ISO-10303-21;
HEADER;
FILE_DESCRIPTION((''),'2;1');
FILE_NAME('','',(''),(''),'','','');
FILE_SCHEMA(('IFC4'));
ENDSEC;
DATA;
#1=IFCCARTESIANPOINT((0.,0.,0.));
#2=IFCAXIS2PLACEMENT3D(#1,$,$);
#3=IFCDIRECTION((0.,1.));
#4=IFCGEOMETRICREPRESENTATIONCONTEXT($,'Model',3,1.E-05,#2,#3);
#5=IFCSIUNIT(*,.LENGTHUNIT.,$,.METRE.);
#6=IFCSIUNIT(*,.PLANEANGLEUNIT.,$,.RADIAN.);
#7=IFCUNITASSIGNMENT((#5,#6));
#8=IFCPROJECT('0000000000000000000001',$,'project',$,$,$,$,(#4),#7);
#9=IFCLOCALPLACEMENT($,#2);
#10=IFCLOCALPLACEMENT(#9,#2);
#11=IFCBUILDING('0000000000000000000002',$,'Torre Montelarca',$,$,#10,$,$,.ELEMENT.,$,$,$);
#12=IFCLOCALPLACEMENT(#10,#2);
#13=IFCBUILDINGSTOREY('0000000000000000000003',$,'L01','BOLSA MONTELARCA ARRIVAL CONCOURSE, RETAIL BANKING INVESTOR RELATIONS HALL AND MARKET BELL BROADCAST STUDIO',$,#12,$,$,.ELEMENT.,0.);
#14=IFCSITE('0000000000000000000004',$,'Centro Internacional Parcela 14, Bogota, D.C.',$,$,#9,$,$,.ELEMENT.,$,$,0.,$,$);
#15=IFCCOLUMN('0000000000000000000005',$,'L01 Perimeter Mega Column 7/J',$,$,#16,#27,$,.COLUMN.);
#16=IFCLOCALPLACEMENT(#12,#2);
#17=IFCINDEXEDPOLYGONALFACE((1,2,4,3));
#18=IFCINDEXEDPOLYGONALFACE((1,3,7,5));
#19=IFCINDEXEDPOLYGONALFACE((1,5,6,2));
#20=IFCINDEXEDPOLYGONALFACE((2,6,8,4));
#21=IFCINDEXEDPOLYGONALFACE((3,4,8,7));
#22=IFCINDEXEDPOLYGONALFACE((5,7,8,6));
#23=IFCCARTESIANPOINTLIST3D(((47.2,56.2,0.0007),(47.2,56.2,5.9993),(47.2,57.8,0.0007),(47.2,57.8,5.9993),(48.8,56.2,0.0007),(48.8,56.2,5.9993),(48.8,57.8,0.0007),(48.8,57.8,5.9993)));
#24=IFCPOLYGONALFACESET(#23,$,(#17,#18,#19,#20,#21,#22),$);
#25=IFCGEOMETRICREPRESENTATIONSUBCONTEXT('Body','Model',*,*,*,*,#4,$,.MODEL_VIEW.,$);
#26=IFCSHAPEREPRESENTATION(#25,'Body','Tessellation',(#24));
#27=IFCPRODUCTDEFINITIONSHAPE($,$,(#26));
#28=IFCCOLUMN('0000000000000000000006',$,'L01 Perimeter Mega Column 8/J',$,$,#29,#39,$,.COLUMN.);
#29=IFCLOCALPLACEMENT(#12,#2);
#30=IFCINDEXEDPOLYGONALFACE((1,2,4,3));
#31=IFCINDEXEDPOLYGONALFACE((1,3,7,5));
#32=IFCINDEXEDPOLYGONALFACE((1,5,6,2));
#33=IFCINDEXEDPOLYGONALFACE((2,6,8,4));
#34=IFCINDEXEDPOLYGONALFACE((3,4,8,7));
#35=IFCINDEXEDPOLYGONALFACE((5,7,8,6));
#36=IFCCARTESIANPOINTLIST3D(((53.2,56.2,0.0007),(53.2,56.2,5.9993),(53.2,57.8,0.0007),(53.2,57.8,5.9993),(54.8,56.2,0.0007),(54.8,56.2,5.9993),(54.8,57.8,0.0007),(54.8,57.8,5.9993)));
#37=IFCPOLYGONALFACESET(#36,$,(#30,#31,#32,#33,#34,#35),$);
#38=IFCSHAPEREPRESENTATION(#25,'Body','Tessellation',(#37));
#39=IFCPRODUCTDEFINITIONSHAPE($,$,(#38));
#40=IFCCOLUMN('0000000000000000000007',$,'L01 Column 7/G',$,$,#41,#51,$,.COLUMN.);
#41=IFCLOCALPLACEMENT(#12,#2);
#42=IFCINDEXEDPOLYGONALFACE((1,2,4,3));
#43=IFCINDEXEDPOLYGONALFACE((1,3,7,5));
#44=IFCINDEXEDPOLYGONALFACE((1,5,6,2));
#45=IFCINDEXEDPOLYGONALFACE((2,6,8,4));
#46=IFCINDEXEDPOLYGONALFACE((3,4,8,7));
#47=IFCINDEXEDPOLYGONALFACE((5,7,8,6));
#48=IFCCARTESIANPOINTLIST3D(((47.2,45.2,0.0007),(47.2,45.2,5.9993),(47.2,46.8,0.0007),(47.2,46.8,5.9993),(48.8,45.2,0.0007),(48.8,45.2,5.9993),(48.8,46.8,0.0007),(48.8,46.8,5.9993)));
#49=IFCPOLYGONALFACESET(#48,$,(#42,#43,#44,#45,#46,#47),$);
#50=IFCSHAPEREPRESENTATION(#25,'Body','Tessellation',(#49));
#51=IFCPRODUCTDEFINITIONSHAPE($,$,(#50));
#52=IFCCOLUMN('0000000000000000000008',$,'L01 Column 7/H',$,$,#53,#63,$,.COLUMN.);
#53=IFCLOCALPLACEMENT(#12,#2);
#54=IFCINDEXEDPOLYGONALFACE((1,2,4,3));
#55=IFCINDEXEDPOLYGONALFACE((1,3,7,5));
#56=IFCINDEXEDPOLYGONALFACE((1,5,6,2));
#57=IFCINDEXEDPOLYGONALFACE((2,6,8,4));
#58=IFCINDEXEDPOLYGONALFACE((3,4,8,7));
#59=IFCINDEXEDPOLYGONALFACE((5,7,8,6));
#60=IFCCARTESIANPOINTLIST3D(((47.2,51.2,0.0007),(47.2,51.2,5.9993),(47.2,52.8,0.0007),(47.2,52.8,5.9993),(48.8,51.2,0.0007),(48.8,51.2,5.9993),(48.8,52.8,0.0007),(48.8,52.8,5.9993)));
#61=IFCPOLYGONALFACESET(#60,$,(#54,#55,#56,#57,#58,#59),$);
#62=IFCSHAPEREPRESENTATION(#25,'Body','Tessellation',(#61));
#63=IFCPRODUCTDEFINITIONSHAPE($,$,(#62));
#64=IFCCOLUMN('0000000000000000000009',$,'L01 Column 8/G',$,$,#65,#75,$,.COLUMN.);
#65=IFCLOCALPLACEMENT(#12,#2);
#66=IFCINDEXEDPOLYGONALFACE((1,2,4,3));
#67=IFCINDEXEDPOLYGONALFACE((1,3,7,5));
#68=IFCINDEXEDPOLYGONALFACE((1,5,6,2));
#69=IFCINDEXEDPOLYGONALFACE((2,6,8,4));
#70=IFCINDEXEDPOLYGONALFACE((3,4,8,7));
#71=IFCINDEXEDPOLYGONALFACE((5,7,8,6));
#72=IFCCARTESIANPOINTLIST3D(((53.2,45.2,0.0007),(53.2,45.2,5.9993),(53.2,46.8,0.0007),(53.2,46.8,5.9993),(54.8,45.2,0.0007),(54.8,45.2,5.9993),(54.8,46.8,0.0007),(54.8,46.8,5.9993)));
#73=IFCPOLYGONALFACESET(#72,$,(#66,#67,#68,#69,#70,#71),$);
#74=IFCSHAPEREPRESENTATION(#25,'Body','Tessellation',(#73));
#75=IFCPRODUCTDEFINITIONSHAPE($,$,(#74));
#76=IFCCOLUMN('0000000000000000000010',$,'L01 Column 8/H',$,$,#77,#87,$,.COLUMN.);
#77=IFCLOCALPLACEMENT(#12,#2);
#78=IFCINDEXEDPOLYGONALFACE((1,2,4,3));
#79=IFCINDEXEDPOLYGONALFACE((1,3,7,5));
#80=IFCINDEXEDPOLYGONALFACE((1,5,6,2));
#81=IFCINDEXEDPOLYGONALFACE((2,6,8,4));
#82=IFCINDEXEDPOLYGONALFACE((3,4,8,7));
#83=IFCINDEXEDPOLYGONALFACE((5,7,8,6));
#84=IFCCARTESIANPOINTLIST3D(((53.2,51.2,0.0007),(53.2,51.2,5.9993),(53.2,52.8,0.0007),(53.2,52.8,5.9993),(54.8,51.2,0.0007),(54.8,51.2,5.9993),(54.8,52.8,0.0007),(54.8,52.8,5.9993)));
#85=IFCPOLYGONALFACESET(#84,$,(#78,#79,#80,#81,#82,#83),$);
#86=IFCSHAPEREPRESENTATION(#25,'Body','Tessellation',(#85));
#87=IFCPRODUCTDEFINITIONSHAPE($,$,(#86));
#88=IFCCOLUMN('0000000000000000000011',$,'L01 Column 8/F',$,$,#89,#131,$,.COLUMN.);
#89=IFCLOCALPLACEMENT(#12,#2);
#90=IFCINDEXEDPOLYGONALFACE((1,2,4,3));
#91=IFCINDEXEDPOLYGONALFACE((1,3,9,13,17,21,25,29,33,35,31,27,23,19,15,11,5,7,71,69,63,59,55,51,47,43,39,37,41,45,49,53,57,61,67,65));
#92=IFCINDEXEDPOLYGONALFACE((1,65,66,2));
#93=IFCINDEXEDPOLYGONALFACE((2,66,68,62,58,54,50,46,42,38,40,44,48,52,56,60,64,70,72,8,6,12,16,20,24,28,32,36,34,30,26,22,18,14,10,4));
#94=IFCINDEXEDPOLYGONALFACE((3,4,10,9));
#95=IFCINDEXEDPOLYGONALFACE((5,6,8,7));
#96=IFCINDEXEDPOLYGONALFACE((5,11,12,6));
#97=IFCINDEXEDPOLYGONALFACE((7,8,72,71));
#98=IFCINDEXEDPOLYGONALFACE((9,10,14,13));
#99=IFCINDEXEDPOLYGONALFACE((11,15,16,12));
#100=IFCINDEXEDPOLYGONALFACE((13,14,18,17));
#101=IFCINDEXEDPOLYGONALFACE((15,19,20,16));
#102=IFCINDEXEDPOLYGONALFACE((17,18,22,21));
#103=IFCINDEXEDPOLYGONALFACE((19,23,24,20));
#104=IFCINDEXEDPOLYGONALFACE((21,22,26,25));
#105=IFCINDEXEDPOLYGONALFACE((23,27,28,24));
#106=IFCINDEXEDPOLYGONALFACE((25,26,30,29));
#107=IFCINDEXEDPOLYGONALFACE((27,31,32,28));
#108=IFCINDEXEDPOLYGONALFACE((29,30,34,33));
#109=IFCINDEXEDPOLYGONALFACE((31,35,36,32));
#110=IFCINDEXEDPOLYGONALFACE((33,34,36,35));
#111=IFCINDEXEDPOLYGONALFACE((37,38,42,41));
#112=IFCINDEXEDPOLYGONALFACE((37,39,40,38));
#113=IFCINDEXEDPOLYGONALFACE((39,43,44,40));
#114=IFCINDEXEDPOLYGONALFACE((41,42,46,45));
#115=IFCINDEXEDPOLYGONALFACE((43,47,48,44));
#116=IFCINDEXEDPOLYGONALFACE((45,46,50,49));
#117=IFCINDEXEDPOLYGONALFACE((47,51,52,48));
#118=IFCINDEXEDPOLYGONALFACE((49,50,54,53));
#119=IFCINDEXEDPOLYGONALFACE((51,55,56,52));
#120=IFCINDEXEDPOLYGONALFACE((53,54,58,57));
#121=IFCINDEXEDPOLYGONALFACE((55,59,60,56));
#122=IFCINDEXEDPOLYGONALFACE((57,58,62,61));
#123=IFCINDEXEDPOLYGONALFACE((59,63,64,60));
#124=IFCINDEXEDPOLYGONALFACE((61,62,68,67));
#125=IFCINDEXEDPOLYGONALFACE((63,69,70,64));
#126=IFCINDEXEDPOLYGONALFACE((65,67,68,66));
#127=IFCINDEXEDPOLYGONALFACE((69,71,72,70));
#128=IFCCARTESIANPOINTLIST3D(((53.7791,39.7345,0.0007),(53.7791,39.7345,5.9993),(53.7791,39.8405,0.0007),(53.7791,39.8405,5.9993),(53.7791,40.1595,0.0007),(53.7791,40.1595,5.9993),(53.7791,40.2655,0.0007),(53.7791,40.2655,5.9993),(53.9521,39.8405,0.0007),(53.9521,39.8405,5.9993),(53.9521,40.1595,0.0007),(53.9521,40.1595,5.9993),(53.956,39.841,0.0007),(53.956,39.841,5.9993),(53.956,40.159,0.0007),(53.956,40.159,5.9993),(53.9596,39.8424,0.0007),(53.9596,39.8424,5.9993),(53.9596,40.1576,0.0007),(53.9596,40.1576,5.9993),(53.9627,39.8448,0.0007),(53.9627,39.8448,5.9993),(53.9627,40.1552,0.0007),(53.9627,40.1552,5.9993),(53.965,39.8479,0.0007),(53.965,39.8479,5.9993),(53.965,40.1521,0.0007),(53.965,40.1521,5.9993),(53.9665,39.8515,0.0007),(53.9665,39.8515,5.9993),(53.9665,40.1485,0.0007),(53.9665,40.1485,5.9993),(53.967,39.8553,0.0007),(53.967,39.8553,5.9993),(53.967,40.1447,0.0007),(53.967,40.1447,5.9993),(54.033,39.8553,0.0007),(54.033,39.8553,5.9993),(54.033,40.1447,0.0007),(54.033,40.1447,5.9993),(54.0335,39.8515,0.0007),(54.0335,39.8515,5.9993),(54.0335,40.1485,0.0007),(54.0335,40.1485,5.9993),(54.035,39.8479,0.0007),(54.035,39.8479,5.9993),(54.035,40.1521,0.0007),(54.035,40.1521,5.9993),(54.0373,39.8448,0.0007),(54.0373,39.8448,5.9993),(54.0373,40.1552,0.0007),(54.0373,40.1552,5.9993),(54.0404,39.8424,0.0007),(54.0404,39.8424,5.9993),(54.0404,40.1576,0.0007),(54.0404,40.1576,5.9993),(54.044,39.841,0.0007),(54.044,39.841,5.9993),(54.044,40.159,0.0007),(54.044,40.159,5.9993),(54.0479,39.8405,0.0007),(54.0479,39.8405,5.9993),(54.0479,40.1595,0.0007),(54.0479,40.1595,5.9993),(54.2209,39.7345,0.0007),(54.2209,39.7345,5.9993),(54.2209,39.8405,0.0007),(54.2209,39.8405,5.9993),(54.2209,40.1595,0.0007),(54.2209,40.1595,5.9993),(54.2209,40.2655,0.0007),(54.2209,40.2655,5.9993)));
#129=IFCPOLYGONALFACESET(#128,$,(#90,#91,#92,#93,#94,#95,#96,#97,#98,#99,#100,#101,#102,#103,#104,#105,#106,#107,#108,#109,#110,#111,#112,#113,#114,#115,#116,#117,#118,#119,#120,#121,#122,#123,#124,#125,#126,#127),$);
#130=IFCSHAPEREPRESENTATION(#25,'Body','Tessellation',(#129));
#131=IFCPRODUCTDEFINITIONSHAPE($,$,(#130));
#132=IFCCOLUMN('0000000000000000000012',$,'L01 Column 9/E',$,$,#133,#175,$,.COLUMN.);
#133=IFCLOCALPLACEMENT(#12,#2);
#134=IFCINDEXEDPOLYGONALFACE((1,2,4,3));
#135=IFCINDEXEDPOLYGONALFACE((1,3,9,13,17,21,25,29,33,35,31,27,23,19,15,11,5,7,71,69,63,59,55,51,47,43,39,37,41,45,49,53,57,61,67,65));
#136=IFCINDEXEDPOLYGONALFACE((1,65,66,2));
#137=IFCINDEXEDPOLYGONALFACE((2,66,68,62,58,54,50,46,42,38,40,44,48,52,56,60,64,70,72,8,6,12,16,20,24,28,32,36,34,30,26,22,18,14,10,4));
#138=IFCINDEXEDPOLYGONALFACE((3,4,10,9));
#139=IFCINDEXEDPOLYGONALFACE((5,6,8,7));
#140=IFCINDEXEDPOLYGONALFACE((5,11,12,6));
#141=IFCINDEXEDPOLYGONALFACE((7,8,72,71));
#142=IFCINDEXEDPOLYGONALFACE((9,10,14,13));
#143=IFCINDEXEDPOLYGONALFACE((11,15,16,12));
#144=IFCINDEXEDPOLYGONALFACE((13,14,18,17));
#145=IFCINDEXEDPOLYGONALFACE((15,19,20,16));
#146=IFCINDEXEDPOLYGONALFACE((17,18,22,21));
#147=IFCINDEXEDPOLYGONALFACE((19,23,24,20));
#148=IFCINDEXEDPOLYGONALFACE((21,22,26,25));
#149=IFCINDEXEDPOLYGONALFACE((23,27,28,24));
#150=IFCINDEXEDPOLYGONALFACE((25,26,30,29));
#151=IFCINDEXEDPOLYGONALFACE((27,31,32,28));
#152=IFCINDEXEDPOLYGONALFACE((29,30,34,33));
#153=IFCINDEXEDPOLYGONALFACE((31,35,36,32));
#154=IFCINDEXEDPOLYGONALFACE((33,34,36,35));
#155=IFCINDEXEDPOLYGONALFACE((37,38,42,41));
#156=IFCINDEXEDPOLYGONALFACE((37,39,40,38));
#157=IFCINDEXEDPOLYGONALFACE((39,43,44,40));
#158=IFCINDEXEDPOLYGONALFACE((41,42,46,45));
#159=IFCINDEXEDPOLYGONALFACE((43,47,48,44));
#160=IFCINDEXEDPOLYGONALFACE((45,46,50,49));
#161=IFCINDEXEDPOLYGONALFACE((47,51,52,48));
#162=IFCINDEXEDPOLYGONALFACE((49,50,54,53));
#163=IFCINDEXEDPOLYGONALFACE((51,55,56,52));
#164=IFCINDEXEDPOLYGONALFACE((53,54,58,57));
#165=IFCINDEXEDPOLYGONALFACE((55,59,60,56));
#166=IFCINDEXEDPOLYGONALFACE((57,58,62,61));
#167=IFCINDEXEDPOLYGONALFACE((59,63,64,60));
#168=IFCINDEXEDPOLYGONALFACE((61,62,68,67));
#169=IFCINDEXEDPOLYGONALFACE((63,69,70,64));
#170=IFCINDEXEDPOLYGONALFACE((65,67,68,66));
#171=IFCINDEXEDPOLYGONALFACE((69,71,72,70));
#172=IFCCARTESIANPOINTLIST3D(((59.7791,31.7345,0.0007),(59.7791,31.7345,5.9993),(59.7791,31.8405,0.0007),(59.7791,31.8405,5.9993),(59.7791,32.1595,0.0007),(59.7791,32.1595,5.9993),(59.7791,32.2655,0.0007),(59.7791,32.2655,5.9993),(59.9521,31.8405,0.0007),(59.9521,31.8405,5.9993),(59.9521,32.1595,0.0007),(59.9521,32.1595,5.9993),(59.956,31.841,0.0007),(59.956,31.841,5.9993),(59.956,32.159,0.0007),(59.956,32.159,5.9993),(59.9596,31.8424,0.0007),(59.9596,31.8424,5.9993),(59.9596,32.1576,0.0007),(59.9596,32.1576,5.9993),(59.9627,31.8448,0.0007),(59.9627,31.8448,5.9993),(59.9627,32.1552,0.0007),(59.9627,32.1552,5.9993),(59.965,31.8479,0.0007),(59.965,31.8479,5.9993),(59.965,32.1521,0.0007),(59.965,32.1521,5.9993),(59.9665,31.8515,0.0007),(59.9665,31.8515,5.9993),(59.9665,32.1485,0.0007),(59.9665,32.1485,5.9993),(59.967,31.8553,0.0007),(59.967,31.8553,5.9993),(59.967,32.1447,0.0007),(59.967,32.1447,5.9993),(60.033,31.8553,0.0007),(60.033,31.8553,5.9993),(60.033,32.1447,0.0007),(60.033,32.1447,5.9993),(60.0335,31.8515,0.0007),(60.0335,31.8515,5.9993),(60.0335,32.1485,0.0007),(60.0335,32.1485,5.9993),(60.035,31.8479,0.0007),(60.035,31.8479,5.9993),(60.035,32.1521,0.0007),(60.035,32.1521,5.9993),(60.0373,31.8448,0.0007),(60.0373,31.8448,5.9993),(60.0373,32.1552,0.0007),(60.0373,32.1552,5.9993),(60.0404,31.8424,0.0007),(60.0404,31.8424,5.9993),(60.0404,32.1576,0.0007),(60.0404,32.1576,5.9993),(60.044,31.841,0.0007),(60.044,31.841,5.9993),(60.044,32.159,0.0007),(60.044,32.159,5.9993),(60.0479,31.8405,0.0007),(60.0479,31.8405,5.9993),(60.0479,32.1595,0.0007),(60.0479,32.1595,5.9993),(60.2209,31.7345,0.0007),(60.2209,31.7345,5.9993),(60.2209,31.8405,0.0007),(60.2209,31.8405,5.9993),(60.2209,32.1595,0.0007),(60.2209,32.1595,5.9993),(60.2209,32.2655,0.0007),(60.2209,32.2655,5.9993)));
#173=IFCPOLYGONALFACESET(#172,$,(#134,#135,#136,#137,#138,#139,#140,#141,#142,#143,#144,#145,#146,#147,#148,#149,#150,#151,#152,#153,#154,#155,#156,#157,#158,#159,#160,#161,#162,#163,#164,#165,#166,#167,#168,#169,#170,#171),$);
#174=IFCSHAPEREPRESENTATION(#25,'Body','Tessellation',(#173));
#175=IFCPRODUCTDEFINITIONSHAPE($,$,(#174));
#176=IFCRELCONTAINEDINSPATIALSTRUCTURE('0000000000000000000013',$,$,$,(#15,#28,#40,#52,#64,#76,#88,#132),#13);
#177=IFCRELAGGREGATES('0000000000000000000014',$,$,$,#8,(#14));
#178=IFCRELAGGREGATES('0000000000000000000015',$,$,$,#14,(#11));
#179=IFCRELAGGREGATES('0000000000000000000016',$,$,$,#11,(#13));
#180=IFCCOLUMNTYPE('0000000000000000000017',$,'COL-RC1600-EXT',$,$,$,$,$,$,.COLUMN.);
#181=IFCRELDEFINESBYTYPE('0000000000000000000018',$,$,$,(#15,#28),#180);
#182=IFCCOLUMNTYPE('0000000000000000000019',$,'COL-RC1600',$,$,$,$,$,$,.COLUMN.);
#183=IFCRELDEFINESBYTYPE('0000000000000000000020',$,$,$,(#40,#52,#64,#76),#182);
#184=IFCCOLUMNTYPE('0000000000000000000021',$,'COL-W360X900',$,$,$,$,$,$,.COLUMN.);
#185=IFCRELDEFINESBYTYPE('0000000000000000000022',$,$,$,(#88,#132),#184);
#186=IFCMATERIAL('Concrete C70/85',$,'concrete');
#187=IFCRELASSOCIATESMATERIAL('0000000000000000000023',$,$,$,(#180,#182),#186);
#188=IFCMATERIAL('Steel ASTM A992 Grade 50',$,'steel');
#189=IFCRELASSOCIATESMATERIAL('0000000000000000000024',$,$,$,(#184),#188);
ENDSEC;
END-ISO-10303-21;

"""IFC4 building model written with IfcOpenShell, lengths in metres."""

from ifc_helpers import new_model, si_unit, direction, frame, origin, origin_2d, place, context, subcontext, project, spatial, rectangle, i_section, extrude, source, transform, mapped, material, material_profile, profile_set, type_object, element, save


model = new_model("IFC4")

# Units and contexts
model_context = context("Model", 3, precision=1e-05, world=origin(), true_north=direction((0.0, 1.0)))
body_context = subcontext(model_context, "Body", "Model", "MODEL_VIEW")
ifc_project = project(units=[si_unit("LENGTHUNIT", "METRE"), si_unit("PLANEANGLEUNIT", "RADIAN")], contexts=[model_context])

# Site, building, storey
site_placement = place(None, origin())
site = spatial("IfcSite", under=ifc_project, at=site_placement, Name="Centro Internacional Parcela 14, Bogota, D.C.", CompositionType="ELEMENT", RefElevation=0.0)
building_placement = place(site_placement, origin())
building = spatial("IfcBuilding", under=site, at=building_placement, Name="Torre Montelarca", CompositionType="ELEMENT")
storey_placement = place(building_placement, origin())
storey = spatial("IfcBuildingStorey", under=building, at=storey_placement, Name="L01", Description="BOLSA MONTELARCA ARRIVAL CONCOURSE, RETAIL BANKING INVESTOR RELATIONS HALL AND MARKET BELL BROADCAST STUDIO", CompositionType="ELEMENT", Elevation=0.0)

# Columns
ifc_material_1 = material(Name="Concrete C70/85", Category="concrete")
ifc_material_profile_1 = material_profile(ifc_material_1, rectangle(XDim=1.6001, YDim=1.6001, at=origin_2d()), Name="RC1600X1600", Category="concrete")
ifc_profile_set_1 = profile_set([ifc_material_profile_1], Name="Concrete C70/85")
column_type_1 = type_object("IfcColumnType", Name="COL-RC1600-EXT", PredefinedType="COLUMN", material=ifc_profile_set_1)
shared_shape_1 = source(origin(), body_context, "Body", "SweptSolid", [
    extrude(rectangle(XDim=1.6001, YDim=1.6001, at=origin_2d()), origin(), (0.0, 0.0, 1.0), 5.9985),
])
for number, where, z_axis, x_axis, name in (
    (1, (48.0, 57.0, 0.0007), (0.0, 0.0, 1.0), (1.0, 0.0, 0.0), "L01 Perimeter Mega Column 7/J"),
    (2, (54.0, 57.0, 0.0007), (0.0, 0.0, 1.0), (1.0, 0.0, 0.0), "L01 Perimeter Mega Column 8/J"),
):
    element("IfcColumn", number, at=place(storey_placement, frame(where, z_axis=z_axis, x_axis=x_axis)), inside=storey, type_object=column_type_1, Name=name, PredefinedType="COLUMN", context=body_context, shape_type="MappedRepresentation", body=[
        mapped(shared_shape_1, transform((0.0, 0.0, 0.0), scale=1.0)),
    ])
ifc_material_profile_2 = material_profile(ifc_material_1, rectangle(XDim=1.6001, YDim=1.6001, at=origin_2d()), Name="RC1600X1600", Category="concrete")
ifc_profile_set_2 = profile_set([ifc_material_profile_2], Name="Concrete C70/85")
column_type_2 = type_object("IfcColumnType", Name="COL-RC1600", PredefinedType="COLUMN", material=ifc_profile_set_2)
shared_shape_2 = source(origin(), body_context, "Body", "SweptSolid", [
    extrude(rectangle(XDim=1.6001, YDim=1.6001, at=origin_2d()), origin(), (0.0, 0.0, 1.0), 5.9985),
])
for number, where, z_axis, x_axis, name in (
    (3, (48.0, 46.0, 0.0007), (0.0, 0.0, 1.0), (1.0, 0.0, 0.0), "L01 Column 7/G"),
    (4, (48.0, 52.0, 0.0007), (0.0, 0.0, 1.0), (1.0, 0.0, 0.0), "L01 Column 7/H"),
    (5, (54.0, 46.0, 0.0007), (0.0, 0.0, 1.0), (1.0, 0.0, 0.0), "L01 Column 8/G"),
    (6, (54.0, 52.0, 0.0007), (0.0, 0.0, 1.0), (1.0, 0.0, 0.0), "L01 Column 8/H"),
):
    element("IfcColumn", number, at=place(storey_placement, frame(where, z_axis=z_axis, x_axis=x_axis)), inside=storey, type_object=column_type_2, Name=name, PredefinedType="COLUMN", context=body_context, shape_type="MappedRepresentation", body=[
        mapped(shared_shape_2, transform((0.0, 0.0, 0.0), scale=1.0)),
    ])
ifc_material_2 = material(Name="Steel ASTM A992 Grade 50", Category="steel")
ifc_material_profile_3 = material_profile(ifc_material_2, i_section(OverallWidth=0.4419, OverallDepth=0.531, WebThickness=0.0659, FlangeThickness=0.106, FilletRadius=0.0149, at=origin_2d()), Name="W360X900", Category="steel")
ifc_profile_set_3 = profile_set([ifc_material_profile_3], Name="Steel ASTM A992 Grade 50")
column_type_3 = type_object("IfcColumnType", Name="COL-W360X900", PredefinedType="COLUMN", material=ifc_profile_set_3)
shared_shape_3 = source(origin(), body_context, "Body", "SweptSolid", [
    extrude(i_section(OverallWidth=0.4419, OverallDepth=0.531, WebThickness=0.0659, FlangeThickness=0.106, FilletRadius=0.0149, at=origin_2d()), origin(), (0.0, 0.0, 1.0), 5.9985),
])
for number, where, z_axis, x_axis, name in (
    (7, (54.0, 40.0, 0.0007), (0.0, 0.0, 1.0), (1.0, 0.0, 0.0), "L01 Column 8/F"),
    (8, (60.0, 32.0, 0.0007), (0.0, 0.0, 1.0), (1.0, 0.0, 0.0), "L01 Column 9/E"),
):
    element("IfcColumn", number, at=place(storey_placement, frame(where, z_axis=z_axis, x_axis=x_axis)), inside=storey, type_object=column_type_3, Name=name, PredefinedType="COLUMN", context=body_context, shape_type="MappedRepresentation", body=[
        mapped(shared_shape_3, transform((0.0, 0.0, 0.0), scale=1.0)),
    ])

save(model, "model.ifc")
